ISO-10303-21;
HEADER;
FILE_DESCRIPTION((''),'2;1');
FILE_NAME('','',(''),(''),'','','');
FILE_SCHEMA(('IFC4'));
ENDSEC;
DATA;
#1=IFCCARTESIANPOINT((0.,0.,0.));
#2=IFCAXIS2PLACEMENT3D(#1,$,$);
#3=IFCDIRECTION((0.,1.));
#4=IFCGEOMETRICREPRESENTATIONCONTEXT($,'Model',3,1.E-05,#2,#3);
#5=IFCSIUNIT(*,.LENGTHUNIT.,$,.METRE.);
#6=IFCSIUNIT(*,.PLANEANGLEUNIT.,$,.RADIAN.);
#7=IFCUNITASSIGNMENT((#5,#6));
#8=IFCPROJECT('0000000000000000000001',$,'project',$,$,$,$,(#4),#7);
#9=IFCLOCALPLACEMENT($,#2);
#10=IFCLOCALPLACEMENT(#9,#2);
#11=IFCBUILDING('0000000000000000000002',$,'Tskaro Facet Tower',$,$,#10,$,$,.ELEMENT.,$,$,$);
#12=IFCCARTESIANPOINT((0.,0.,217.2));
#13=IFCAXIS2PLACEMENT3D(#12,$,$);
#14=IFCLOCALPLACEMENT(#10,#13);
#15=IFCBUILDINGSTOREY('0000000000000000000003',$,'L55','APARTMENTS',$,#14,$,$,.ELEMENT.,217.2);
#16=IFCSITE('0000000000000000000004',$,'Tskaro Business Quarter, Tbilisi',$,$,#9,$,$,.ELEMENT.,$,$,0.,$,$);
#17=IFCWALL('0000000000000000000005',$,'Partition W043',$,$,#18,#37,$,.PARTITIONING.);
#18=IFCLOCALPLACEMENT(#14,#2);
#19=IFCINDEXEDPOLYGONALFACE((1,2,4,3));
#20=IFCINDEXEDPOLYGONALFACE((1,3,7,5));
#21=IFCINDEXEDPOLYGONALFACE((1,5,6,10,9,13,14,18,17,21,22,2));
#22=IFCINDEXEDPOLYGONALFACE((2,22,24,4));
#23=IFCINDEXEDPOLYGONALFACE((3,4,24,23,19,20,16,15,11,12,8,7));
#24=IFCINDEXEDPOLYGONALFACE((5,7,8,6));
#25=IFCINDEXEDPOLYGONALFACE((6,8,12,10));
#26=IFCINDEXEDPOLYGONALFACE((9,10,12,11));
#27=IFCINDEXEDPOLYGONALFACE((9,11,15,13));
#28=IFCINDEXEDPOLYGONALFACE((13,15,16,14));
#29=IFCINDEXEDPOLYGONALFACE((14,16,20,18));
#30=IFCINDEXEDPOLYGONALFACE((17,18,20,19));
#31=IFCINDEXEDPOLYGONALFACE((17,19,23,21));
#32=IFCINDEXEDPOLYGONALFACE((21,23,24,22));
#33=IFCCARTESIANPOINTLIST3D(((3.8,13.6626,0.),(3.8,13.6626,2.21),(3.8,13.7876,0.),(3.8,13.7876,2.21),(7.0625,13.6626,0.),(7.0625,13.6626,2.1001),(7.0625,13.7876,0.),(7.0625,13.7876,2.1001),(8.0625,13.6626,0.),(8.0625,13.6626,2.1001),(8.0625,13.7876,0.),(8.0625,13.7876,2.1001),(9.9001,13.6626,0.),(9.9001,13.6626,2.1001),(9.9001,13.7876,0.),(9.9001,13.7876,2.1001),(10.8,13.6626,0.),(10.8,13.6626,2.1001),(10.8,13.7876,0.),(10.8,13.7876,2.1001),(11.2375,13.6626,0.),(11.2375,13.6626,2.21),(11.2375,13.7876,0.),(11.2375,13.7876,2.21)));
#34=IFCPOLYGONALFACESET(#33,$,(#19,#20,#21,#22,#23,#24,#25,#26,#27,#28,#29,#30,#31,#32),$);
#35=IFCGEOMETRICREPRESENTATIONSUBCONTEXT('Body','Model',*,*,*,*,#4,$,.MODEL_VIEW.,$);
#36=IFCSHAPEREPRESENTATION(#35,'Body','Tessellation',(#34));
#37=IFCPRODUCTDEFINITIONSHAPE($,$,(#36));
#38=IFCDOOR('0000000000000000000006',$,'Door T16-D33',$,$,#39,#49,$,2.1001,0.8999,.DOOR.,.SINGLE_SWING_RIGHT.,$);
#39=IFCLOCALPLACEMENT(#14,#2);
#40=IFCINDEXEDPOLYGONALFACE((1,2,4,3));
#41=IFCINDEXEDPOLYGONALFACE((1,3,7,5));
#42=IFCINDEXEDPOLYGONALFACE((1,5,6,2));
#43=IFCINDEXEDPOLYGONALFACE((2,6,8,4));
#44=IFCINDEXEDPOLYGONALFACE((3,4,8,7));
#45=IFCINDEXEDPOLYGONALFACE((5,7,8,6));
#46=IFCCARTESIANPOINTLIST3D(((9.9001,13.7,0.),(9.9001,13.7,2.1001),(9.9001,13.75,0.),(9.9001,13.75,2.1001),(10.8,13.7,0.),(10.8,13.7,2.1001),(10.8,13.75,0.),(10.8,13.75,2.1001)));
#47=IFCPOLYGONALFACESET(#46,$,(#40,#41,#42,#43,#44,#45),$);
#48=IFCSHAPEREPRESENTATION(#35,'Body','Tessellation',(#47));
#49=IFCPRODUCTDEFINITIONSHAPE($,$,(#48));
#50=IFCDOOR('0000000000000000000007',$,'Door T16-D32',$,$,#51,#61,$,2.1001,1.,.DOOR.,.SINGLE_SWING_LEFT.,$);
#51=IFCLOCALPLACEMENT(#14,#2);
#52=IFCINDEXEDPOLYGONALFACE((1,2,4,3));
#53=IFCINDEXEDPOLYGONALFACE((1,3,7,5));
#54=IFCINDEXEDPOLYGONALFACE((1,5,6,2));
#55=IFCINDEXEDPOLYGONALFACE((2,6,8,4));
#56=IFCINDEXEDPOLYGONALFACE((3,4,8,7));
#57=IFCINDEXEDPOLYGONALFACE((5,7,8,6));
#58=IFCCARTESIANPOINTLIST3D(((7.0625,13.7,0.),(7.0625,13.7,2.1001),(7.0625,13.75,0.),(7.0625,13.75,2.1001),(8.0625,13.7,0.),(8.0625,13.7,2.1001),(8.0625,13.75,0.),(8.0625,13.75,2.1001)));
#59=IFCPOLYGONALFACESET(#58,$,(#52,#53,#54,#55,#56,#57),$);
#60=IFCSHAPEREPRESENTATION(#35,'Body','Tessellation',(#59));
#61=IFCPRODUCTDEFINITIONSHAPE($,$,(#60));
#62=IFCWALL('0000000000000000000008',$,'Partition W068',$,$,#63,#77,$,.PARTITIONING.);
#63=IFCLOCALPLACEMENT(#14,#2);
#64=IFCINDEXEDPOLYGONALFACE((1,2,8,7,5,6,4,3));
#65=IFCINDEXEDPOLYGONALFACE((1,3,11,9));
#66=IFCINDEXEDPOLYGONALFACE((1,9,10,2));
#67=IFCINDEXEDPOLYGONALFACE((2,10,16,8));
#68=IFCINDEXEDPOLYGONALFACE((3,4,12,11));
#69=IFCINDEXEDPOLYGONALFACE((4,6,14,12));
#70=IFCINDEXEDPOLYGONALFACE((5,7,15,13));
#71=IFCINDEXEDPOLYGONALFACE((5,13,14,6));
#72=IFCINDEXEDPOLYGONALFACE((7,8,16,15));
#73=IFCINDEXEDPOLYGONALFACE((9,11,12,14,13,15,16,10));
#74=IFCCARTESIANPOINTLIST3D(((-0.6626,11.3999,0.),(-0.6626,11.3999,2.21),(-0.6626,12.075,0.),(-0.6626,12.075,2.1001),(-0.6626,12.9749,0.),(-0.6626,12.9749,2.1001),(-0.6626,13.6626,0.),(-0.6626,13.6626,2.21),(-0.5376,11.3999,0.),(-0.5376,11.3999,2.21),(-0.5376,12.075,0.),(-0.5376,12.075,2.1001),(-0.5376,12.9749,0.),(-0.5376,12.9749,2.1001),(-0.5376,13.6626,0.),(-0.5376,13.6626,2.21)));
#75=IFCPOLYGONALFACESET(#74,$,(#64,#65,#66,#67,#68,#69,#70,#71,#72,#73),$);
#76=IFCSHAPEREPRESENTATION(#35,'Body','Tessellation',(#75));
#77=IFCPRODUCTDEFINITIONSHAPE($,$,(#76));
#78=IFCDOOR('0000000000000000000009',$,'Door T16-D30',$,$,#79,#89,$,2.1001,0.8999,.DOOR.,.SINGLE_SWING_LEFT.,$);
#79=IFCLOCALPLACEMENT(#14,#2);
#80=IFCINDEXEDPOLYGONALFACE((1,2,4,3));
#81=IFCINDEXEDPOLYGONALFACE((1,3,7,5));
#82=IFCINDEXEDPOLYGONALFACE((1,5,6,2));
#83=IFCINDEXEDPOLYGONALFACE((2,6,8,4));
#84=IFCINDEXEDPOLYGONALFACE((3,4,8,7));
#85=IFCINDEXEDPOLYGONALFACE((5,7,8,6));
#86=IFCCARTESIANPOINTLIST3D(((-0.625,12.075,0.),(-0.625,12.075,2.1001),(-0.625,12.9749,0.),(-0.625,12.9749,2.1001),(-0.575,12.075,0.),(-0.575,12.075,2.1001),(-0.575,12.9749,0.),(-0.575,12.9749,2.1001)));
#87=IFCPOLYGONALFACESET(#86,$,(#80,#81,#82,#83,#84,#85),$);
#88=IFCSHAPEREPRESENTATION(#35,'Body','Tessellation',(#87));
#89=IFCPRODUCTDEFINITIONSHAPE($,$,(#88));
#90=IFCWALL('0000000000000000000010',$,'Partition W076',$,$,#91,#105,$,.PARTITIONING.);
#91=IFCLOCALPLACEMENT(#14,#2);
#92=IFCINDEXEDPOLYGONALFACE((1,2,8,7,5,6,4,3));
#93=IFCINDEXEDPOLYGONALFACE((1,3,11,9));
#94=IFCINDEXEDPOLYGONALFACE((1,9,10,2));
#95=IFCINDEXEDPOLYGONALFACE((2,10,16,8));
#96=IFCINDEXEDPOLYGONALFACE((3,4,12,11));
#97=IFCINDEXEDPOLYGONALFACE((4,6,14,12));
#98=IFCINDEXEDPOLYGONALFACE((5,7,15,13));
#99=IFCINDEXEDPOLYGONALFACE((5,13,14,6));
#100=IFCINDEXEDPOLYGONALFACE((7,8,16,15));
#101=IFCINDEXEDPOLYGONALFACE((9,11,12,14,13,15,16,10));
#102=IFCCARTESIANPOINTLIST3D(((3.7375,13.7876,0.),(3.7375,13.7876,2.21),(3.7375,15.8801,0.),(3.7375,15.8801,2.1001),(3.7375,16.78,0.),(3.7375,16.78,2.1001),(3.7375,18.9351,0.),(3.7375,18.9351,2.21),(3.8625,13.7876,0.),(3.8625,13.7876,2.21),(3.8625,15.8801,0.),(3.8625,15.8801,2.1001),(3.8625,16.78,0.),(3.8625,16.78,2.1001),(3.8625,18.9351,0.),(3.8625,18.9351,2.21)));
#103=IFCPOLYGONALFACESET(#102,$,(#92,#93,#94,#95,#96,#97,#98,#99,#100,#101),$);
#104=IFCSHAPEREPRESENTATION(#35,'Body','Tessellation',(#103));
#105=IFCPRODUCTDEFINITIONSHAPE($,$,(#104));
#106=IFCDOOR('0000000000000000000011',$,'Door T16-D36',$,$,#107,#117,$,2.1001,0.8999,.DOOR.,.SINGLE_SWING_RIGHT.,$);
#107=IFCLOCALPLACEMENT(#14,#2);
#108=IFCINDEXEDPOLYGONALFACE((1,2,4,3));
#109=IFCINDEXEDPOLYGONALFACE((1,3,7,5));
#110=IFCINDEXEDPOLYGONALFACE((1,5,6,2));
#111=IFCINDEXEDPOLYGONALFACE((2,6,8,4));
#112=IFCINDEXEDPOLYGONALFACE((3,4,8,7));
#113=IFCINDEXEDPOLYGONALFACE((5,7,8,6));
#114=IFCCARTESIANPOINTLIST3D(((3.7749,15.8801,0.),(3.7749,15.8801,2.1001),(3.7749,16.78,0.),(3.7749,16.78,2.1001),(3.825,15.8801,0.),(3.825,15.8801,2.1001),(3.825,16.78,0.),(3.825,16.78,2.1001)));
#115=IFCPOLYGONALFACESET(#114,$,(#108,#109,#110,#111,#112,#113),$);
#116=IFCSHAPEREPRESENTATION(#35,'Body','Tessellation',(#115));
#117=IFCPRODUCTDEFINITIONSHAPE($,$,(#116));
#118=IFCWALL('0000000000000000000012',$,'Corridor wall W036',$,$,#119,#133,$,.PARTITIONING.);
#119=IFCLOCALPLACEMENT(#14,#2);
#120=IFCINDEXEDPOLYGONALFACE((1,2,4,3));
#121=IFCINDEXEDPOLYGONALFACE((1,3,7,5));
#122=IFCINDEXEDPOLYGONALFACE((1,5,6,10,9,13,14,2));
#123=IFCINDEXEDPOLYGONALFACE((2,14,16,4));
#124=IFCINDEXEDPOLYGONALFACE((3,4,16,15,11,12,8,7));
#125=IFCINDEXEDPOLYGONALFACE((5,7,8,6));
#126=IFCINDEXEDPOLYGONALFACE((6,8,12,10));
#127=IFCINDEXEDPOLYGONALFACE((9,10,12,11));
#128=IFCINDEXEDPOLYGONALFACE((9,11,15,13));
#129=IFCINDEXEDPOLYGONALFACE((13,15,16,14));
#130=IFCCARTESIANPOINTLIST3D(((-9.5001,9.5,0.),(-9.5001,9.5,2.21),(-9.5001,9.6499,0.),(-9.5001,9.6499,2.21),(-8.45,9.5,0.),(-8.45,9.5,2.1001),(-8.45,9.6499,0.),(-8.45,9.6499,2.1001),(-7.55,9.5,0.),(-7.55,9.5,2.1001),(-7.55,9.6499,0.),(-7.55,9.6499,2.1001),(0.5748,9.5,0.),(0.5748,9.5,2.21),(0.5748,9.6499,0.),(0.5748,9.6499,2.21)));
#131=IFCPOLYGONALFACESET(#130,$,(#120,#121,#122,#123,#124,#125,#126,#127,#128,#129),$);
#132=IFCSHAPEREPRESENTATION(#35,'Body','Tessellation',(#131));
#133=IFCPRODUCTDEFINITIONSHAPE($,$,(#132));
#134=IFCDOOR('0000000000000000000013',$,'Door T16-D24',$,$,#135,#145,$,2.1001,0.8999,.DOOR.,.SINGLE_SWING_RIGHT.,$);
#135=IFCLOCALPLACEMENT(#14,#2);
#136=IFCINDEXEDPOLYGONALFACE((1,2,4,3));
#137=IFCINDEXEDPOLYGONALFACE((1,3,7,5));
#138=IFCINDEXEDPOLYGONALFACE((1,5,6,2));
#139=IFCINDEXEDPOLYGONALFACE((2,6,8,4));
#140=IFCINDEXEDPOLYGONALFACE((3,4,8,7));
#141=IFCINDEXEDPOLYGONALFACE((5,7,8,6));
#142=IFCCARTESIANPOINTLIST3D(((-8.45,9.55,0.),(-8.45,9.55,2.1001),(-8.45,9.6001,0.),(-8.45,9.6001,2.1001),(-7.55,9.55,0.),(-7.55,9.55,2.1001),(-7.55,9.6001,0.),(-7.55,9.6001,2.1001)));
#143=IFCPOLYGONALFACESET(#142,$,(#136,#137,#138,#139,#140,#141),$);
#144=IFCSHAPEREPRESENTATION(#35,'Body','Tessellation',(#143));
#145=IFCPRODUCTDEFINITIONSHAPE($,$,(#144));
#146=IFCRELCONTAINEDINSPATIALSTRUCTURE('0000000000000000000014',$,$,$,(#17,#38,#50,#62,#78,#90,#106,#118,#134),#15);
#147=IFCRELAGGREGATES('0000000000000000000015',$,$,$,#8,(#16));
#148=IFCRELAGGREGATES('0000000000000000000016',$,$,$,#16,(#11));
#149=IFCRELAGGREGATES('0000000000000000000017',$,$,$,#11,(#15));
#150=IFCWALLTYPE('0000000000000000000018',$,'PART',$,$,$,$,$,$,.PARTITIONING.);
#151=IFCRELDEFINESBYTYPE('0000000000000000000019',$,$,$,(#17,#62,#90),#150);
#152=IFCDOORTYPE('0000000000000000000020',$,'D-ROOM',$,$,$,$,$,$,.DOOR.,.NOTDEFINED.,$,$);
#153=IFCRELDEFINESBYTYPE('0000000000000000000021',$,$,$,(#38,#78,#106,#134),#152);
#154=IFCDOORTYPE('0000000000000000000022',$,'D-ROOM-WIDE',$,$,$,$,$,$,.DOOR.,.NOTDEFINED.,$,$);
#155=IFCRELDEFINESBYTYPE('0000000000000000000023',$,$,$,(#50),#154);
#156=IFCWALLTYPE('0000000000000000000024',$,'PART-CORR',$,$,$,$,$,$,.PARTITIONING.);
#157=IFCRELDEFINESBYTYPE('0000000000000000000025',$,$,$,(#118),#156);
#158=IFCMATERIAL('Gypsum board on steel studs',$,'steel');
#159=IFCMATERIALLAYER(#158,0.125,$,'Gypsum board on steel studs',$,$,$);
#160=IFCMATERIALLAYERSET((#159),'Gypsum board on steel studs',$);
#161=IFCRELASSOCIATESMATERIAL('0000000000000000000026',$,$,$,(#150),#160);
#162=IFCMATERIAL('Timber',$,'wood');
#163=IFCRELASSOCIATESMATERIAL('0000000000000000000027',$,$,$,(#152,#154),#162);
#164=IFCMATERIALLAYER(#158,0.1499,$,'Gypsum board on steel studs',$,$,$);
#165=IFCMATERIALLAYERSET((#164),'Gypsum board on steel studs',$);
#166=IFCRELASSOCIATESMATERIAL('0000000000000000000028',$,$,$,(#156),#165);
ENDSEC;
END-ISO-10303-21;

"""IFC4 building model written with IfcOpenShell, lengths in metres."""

from ifc_helpers import new_model, si_unit, direction, frame, frame_2d, origin, place, context, subcontext, project, spatial, rectangle, extrude, material, layer, layer_set, type_object, element, fill, save


model = new_model("IFC4")

# Units and contexts
model_context = context("Model", 3, precision=1e-05, world=origin(), true_north=direction((0.0, 1.0)))
body_context = subcontext(model_context, "Body", "Model", "MODEL_VIEW")
ifc_project = project(units=[si_unit("LENGTHUNIT", "METRE"), si_unit("PLANEANGLEUNIT", "RADIAN")], contexts=[model_context])

# Site, building, storey
site_placement = place(None, origin())
site = spatial("IfcSite", under=ifc_project, at=site_placement, Name="Tskaro Business Quarter, Tbilisi", CompositionType="ELEMENT", RefElevation=0.0)
building_placement = place(site_placement, origin())
building = spatial("IfcBuilding", under=site, at=building_placement, Name="Tskaro Facet Tower", CompositionType="ELEMENT")
storey_placement = place(building_placement, frame((0.0, 0.0, 217.2)))
storey = spatial("IfcBuildingStorey", under=building, at=storey_placement, Name="L55", Description="APARTMENTS", CompositionType="ELEMENT", Elevation=217.2)

# Shared definitions
ifc_material_1 = material(Name="Gypsum board on steel studs", Category="steel")
ifc_layer_1 = layer(ifc_material_1, 0.125, Name="Gypsum board on steel studs")
ifc_layer_set_1 = layer_set([ifc_layer_1], Name="Gypsum board on steel studs")
wall_type_1 = type_object("IfcWallType", Name="PART", PredefinedType="PARTITIONING", material=ifc_layer_set_1)

# Wall, openings, doors
wall_1_placement = place(storey_placement, frame((3.8, 13.7251, 0.0), z_axis=(0.0, 0.0, 1.0), x_axis=(1.0, 0.0, 0.0)))
wall_1 = element("IfcWall", 1, at=wall_1_placement, inside=storey, type_object=wall_type_1, Name="Partition W043", PredefinedType="PARTITIONING", context=body_context, shape_type="SweptSolid", body=[
    extrude(rectangle(XDim=7.4375, YDim=0.125, at=frame_2d((3.7188, 0.0))), origin(), (0.0, 0.0, 1.0), 2.21),
])
opening_1_placement = place(wall_1_placement, frame((3.2625, 0.0, 0.0)))
opening_1 = element("IfcOpeningElement", 2, at=opening_1_placement, cuts=wall_1, PredefinedType="OPENING", context=body_context, shape_type="SweptSolid", body=[
    extrude(rectangle(XDim=1.0, YDim=2.1001, at=frame_2d((0.5, 1.05))), frame((0.0, 0.0725, 0.0), z_axis=(0.0, -1.0, 0.0), x_axis=(1.0, 0.0, 0.0)), (0.0, 0.0, 1.0), 0.145),
])
opening_2_placement = place(wall_1_placement, frame((6.1001, 0.0, 0.0)))
opening_2 = element("IfcOpeningElement", 3, at=opening_2_placement, cuts=wall_1, PredefinedType="OPENING", context=body_context, shape_type="SweptSolid", body=[
    extrude(rectangle(XDim=0.8999, YDim=2.1001, at=frame_2d((0.45, 1.05))), frame((0.0, 0.0725, 0.0), z_axis=(0.0, -1.0, 0.0), x_axis=(1.0, 0.0, 0.0)), (0.0, 0.0, 1.0), 0.145),
])
ifc_material_2 = material(Name="Timber", Category="wood")
door_type_1 = type_object("IfcDoorType", Name="D-ROOM", OperationType="NOTDEFINED", PredefinedType="DOOR", material=ifc_material_2)
door_1_placement = place(opening_2_placement, origin())
door_1 = element("IfcDoor", 4, at=door_1_placement, inside=storey, type_object=door_type_1, Name="Door T16-D33", OperationType="SINGLE_SWING_RIGHT", OverallHeight=2.1001, OverallWidth=0.8999, PredefinedType="DOOR", context=body_context, shape_type="SweptSolid", body=[
    extrude(rectangle(XDim=0.8999, YDim=2.1001, at=frame_2d((0.45, 1.05))), frame((0.0, 0.0249, 0.0), z_axis=(0.0, -1.0, 0.0), x_axis=(1.0, 0.0, 0.0)), (0.0, 0.0, 1.0), 0.05),
])
fill(opening_2, door_1)
door_type_2 = type_object("IfcDoorType", Name="D-ROOM-WIDE", OperationType="NOTDEFINED", PredefinedType="DOOR", material=ifc_material_2)
door_2_placement = place(opening_1_placement, origin())
door_2 = element("IfcDoor", 5, at=door_2_placement, inside=storey, type_object=door_type_2, Name="Door T16-D32", OperationType="SINGLE_SWING_LEFT", OverallHeight=2.1001, OverallWidth=1.0, PredefinedType="DOOR", context=body_context, shape_type="SweptSolid", body=[
    extrude(rectangle(XDim=1.0, YDim=2.1001, at=frame_2d((0.5, 1.05))), frame((0.0, 0.0249, 0.0), z_axis=(0.0, -1.0, 0.0), x_axis=(1.0, 0.0, 0.0)), (0.0, 0.0, 1.0), 0.05),
])
fill(opening_1, door_2)

# Walls, openings, doors
wall_2_placement = place(storey_placement, frame((-0.6001, 11.3999, 0.0), z_axis=(0.0, 0.0, 1.0), x_axis=(0.0, 1.0, 0.0)))
wall_2 = element("IfcWall", 6, at=wall_2_placement, inside=storey, type_object=wall_type_1, Name="Partition W068", PredefinedType="PARTITIONING", context=body_context, shape_type="SweptSolid", body=[
    extrude(rectangle(XDim=2.2627, YDim=0.125, at=frame_2d((1.1313, 0.0))), origin(), (0.0, 0.0, 1.0), 2.21),
])
opening_3_placement = place(wall_2_placement, frame((0.675, 0.0, 0.0)))
opening_3 = element("IfcOpeningElement", 7, at=opening_3_placement, cuts=wall_2, PredefinedType="OPENING", context=body_context, shape_type="SweptSolid", body=[
    extrude(rectangle(XDim=0.8999, YDim=2.1001, at=frame_2d((0.45, 1.05))), frame((0.0, 0.0725, 0.0), z_axis=(0.0, -1.0, 0.0), x_axis=(1.0, 0.0, 0.0)), (0.0, 0.0, 1.0), 0.145),
])
door_3_placement = place(opening_3_placement, origin())
door_3 = element("IfcDoor", 8, at=door_3_placement, inside=storey, type_object=door_type_1, Name="Door T16-D30", OperationType="SINGLE_SWING_LEFT", OverallHeight=2.1001, OverallWidth=0.8999, PredefinedType="DOOR", context=body_context, shape_type="SweptSolid", body=[
    extrude(rectangle(XDim=0.8999, YDim=2.1001, at=frame_2d((0.45, 1.05))), frame((0.0, 0.0249, 0.0), z_axis=(0.0, -1.0, 0.0), x_axis=(1.0, 0.0, 0.0)), (0.0, 0.0, 1.0), 0.05),
])
fill(opening_3, door_3)
wall_3_placement = place(storey_placement, frame((3.8, 18.9351, 0.0), z_axis=(0.0, 0.0, 1.0), x_axis=(0.0, -1.0, 0.0)))
wall_3 = element("IfcWall", 9, at=wall_3_placement, inside=storey, type_object=wall_type_1, Name="Partition W076", PredefinedType="PARTITIONING", context=body_context, shape_type="SweptSolid", body=[
    extrude(rectangle(XDim=5.1475, YDim=0.125, at=frame_2d((2.5737, 0.0))), origin(), (0.0, 0.0, 1.0), 2.21),
])
opening_4_placement = place(wall_3_placement, frame((2.155, 0.0, 0.0)))
opening_4 = element("IfcOpeningElement", 10, at=opening_4_placement, cuts=wall_3, PredefinedType="OPENING", context=body_context, shape_type="SweptSolid", body=[
    extrude(rectangle(XDim=0.8999, YDim=2.1001, at=frame_2d((0.45, 1.05))), frame((0.0, 0.0725, 0.0), z_axis=(0.0, -1.0, 0.0), x_axis=(1.0, 0.0, 0.0)), (0.0, 0.0, 1.0), 0.145),
])
door_4_placement = place(opening_4_placement, origin())
door_4 = element("IfcDoor", 11, at=door_4_placement, inside=storey, type_object=door_type_1, Name="Door T16-D36", OperationType="SINGLE_SWING_RIGHT", OverallHeight=2.1001, OverallWidth=0.8999, PredefinedType="DOOR", context=body_context, shape_type="SweptSolid", body=[
    extrude(rectangle(XDim=0.8999, YDim=2.1001, at=frame_2d((0.45, 1.05))), frame((0.0, 0.0249, 0.0), z_axis=(0.0, -1.0, 0.0), x_axis=(1.0, 0.0, 0.0)), (0.0, 0.0, 1.0), 0.05),
])
fill(opening_4, door_4)
ifc_layer_2 = layer(ifc_material_1, 0.1499, Name="Gypsum board on steel studs")
ifc_layer_set_2 = layer_set([ifc_layer_2], Name="Gypsum board on steel studs")
wall_type_2 = type_object("IfcWallType", Name="PART-CORR", PredefinedType="PARTITIONING", material=ifc_layer_set_2)
wall_4_placement = place(storey_placement, frame((0.575, 9.575, 0.0), z_axis=(0.0, 0.0, 1.0), x_axis=(-1.0, 0.0, 0.0)))
wall_4 = element("IfcWall", 12, at=wall_4_placement, inside=storey, type_object=wall_type_2, Name="Corridor wall W036", PredefinedType="PARTITIONING", context=body_context, shape_type="SweptSolid", body=[
    extrude(rectangle(XDim=10.075, YDim=0.1499, at=frame_2d((5.0376, 0.0))), origin(), (0.0, 0.0, 1.0), 2.21),
])
opening_5_placement = place(wall_4_placement, frame((8.125, 0.0, 0.0)))
opening_5 = element("IfcOpeningElement", 13, at=opening_5_placement, cuts=wall_4, PredefinedType="OPENING", context=body_context, shape_type="SweptSolid", body=[
    extrude(rectangle(XDim=0.8999, YDim=2.1001, at=frame_2d((0.45, 1.05))), frame((0.0, 0.085, 0.0), z_axis=(0.0, -1.0, 0.0), x_axis=(1.0, 0.0, 0.0)), (0.0, 0.0, 1.0), 0.1699),
])
door_5_placement = place(opening_5_placement, origin())
door_5 = element("IfcDoor", 14, at=door_5_placement, inside=storey, type_object=door_type_1, Name="Door T16-D24", OperationType="SINGLE_SWING_RIGHT", OverallHeight=2.1001, OverallWidth=0.8999, PredefinedType="DOOR", context=body_context, shape_type="SweptSolid", body=[
    extrude(rectangle(XDim=0.8999, YDim=2.1001, at=frame_2d((0.45, 1.05))), frame((0.0, 0.0249, 0.0), z_axis=(0.0, -1.0, 0.0), x_axis=(1.0, 0.0, 0.0)), (0.0, 0.0, 1.0), 0.05),
])
fill(opening_5, door_5)

save(model, "model.ifc")
